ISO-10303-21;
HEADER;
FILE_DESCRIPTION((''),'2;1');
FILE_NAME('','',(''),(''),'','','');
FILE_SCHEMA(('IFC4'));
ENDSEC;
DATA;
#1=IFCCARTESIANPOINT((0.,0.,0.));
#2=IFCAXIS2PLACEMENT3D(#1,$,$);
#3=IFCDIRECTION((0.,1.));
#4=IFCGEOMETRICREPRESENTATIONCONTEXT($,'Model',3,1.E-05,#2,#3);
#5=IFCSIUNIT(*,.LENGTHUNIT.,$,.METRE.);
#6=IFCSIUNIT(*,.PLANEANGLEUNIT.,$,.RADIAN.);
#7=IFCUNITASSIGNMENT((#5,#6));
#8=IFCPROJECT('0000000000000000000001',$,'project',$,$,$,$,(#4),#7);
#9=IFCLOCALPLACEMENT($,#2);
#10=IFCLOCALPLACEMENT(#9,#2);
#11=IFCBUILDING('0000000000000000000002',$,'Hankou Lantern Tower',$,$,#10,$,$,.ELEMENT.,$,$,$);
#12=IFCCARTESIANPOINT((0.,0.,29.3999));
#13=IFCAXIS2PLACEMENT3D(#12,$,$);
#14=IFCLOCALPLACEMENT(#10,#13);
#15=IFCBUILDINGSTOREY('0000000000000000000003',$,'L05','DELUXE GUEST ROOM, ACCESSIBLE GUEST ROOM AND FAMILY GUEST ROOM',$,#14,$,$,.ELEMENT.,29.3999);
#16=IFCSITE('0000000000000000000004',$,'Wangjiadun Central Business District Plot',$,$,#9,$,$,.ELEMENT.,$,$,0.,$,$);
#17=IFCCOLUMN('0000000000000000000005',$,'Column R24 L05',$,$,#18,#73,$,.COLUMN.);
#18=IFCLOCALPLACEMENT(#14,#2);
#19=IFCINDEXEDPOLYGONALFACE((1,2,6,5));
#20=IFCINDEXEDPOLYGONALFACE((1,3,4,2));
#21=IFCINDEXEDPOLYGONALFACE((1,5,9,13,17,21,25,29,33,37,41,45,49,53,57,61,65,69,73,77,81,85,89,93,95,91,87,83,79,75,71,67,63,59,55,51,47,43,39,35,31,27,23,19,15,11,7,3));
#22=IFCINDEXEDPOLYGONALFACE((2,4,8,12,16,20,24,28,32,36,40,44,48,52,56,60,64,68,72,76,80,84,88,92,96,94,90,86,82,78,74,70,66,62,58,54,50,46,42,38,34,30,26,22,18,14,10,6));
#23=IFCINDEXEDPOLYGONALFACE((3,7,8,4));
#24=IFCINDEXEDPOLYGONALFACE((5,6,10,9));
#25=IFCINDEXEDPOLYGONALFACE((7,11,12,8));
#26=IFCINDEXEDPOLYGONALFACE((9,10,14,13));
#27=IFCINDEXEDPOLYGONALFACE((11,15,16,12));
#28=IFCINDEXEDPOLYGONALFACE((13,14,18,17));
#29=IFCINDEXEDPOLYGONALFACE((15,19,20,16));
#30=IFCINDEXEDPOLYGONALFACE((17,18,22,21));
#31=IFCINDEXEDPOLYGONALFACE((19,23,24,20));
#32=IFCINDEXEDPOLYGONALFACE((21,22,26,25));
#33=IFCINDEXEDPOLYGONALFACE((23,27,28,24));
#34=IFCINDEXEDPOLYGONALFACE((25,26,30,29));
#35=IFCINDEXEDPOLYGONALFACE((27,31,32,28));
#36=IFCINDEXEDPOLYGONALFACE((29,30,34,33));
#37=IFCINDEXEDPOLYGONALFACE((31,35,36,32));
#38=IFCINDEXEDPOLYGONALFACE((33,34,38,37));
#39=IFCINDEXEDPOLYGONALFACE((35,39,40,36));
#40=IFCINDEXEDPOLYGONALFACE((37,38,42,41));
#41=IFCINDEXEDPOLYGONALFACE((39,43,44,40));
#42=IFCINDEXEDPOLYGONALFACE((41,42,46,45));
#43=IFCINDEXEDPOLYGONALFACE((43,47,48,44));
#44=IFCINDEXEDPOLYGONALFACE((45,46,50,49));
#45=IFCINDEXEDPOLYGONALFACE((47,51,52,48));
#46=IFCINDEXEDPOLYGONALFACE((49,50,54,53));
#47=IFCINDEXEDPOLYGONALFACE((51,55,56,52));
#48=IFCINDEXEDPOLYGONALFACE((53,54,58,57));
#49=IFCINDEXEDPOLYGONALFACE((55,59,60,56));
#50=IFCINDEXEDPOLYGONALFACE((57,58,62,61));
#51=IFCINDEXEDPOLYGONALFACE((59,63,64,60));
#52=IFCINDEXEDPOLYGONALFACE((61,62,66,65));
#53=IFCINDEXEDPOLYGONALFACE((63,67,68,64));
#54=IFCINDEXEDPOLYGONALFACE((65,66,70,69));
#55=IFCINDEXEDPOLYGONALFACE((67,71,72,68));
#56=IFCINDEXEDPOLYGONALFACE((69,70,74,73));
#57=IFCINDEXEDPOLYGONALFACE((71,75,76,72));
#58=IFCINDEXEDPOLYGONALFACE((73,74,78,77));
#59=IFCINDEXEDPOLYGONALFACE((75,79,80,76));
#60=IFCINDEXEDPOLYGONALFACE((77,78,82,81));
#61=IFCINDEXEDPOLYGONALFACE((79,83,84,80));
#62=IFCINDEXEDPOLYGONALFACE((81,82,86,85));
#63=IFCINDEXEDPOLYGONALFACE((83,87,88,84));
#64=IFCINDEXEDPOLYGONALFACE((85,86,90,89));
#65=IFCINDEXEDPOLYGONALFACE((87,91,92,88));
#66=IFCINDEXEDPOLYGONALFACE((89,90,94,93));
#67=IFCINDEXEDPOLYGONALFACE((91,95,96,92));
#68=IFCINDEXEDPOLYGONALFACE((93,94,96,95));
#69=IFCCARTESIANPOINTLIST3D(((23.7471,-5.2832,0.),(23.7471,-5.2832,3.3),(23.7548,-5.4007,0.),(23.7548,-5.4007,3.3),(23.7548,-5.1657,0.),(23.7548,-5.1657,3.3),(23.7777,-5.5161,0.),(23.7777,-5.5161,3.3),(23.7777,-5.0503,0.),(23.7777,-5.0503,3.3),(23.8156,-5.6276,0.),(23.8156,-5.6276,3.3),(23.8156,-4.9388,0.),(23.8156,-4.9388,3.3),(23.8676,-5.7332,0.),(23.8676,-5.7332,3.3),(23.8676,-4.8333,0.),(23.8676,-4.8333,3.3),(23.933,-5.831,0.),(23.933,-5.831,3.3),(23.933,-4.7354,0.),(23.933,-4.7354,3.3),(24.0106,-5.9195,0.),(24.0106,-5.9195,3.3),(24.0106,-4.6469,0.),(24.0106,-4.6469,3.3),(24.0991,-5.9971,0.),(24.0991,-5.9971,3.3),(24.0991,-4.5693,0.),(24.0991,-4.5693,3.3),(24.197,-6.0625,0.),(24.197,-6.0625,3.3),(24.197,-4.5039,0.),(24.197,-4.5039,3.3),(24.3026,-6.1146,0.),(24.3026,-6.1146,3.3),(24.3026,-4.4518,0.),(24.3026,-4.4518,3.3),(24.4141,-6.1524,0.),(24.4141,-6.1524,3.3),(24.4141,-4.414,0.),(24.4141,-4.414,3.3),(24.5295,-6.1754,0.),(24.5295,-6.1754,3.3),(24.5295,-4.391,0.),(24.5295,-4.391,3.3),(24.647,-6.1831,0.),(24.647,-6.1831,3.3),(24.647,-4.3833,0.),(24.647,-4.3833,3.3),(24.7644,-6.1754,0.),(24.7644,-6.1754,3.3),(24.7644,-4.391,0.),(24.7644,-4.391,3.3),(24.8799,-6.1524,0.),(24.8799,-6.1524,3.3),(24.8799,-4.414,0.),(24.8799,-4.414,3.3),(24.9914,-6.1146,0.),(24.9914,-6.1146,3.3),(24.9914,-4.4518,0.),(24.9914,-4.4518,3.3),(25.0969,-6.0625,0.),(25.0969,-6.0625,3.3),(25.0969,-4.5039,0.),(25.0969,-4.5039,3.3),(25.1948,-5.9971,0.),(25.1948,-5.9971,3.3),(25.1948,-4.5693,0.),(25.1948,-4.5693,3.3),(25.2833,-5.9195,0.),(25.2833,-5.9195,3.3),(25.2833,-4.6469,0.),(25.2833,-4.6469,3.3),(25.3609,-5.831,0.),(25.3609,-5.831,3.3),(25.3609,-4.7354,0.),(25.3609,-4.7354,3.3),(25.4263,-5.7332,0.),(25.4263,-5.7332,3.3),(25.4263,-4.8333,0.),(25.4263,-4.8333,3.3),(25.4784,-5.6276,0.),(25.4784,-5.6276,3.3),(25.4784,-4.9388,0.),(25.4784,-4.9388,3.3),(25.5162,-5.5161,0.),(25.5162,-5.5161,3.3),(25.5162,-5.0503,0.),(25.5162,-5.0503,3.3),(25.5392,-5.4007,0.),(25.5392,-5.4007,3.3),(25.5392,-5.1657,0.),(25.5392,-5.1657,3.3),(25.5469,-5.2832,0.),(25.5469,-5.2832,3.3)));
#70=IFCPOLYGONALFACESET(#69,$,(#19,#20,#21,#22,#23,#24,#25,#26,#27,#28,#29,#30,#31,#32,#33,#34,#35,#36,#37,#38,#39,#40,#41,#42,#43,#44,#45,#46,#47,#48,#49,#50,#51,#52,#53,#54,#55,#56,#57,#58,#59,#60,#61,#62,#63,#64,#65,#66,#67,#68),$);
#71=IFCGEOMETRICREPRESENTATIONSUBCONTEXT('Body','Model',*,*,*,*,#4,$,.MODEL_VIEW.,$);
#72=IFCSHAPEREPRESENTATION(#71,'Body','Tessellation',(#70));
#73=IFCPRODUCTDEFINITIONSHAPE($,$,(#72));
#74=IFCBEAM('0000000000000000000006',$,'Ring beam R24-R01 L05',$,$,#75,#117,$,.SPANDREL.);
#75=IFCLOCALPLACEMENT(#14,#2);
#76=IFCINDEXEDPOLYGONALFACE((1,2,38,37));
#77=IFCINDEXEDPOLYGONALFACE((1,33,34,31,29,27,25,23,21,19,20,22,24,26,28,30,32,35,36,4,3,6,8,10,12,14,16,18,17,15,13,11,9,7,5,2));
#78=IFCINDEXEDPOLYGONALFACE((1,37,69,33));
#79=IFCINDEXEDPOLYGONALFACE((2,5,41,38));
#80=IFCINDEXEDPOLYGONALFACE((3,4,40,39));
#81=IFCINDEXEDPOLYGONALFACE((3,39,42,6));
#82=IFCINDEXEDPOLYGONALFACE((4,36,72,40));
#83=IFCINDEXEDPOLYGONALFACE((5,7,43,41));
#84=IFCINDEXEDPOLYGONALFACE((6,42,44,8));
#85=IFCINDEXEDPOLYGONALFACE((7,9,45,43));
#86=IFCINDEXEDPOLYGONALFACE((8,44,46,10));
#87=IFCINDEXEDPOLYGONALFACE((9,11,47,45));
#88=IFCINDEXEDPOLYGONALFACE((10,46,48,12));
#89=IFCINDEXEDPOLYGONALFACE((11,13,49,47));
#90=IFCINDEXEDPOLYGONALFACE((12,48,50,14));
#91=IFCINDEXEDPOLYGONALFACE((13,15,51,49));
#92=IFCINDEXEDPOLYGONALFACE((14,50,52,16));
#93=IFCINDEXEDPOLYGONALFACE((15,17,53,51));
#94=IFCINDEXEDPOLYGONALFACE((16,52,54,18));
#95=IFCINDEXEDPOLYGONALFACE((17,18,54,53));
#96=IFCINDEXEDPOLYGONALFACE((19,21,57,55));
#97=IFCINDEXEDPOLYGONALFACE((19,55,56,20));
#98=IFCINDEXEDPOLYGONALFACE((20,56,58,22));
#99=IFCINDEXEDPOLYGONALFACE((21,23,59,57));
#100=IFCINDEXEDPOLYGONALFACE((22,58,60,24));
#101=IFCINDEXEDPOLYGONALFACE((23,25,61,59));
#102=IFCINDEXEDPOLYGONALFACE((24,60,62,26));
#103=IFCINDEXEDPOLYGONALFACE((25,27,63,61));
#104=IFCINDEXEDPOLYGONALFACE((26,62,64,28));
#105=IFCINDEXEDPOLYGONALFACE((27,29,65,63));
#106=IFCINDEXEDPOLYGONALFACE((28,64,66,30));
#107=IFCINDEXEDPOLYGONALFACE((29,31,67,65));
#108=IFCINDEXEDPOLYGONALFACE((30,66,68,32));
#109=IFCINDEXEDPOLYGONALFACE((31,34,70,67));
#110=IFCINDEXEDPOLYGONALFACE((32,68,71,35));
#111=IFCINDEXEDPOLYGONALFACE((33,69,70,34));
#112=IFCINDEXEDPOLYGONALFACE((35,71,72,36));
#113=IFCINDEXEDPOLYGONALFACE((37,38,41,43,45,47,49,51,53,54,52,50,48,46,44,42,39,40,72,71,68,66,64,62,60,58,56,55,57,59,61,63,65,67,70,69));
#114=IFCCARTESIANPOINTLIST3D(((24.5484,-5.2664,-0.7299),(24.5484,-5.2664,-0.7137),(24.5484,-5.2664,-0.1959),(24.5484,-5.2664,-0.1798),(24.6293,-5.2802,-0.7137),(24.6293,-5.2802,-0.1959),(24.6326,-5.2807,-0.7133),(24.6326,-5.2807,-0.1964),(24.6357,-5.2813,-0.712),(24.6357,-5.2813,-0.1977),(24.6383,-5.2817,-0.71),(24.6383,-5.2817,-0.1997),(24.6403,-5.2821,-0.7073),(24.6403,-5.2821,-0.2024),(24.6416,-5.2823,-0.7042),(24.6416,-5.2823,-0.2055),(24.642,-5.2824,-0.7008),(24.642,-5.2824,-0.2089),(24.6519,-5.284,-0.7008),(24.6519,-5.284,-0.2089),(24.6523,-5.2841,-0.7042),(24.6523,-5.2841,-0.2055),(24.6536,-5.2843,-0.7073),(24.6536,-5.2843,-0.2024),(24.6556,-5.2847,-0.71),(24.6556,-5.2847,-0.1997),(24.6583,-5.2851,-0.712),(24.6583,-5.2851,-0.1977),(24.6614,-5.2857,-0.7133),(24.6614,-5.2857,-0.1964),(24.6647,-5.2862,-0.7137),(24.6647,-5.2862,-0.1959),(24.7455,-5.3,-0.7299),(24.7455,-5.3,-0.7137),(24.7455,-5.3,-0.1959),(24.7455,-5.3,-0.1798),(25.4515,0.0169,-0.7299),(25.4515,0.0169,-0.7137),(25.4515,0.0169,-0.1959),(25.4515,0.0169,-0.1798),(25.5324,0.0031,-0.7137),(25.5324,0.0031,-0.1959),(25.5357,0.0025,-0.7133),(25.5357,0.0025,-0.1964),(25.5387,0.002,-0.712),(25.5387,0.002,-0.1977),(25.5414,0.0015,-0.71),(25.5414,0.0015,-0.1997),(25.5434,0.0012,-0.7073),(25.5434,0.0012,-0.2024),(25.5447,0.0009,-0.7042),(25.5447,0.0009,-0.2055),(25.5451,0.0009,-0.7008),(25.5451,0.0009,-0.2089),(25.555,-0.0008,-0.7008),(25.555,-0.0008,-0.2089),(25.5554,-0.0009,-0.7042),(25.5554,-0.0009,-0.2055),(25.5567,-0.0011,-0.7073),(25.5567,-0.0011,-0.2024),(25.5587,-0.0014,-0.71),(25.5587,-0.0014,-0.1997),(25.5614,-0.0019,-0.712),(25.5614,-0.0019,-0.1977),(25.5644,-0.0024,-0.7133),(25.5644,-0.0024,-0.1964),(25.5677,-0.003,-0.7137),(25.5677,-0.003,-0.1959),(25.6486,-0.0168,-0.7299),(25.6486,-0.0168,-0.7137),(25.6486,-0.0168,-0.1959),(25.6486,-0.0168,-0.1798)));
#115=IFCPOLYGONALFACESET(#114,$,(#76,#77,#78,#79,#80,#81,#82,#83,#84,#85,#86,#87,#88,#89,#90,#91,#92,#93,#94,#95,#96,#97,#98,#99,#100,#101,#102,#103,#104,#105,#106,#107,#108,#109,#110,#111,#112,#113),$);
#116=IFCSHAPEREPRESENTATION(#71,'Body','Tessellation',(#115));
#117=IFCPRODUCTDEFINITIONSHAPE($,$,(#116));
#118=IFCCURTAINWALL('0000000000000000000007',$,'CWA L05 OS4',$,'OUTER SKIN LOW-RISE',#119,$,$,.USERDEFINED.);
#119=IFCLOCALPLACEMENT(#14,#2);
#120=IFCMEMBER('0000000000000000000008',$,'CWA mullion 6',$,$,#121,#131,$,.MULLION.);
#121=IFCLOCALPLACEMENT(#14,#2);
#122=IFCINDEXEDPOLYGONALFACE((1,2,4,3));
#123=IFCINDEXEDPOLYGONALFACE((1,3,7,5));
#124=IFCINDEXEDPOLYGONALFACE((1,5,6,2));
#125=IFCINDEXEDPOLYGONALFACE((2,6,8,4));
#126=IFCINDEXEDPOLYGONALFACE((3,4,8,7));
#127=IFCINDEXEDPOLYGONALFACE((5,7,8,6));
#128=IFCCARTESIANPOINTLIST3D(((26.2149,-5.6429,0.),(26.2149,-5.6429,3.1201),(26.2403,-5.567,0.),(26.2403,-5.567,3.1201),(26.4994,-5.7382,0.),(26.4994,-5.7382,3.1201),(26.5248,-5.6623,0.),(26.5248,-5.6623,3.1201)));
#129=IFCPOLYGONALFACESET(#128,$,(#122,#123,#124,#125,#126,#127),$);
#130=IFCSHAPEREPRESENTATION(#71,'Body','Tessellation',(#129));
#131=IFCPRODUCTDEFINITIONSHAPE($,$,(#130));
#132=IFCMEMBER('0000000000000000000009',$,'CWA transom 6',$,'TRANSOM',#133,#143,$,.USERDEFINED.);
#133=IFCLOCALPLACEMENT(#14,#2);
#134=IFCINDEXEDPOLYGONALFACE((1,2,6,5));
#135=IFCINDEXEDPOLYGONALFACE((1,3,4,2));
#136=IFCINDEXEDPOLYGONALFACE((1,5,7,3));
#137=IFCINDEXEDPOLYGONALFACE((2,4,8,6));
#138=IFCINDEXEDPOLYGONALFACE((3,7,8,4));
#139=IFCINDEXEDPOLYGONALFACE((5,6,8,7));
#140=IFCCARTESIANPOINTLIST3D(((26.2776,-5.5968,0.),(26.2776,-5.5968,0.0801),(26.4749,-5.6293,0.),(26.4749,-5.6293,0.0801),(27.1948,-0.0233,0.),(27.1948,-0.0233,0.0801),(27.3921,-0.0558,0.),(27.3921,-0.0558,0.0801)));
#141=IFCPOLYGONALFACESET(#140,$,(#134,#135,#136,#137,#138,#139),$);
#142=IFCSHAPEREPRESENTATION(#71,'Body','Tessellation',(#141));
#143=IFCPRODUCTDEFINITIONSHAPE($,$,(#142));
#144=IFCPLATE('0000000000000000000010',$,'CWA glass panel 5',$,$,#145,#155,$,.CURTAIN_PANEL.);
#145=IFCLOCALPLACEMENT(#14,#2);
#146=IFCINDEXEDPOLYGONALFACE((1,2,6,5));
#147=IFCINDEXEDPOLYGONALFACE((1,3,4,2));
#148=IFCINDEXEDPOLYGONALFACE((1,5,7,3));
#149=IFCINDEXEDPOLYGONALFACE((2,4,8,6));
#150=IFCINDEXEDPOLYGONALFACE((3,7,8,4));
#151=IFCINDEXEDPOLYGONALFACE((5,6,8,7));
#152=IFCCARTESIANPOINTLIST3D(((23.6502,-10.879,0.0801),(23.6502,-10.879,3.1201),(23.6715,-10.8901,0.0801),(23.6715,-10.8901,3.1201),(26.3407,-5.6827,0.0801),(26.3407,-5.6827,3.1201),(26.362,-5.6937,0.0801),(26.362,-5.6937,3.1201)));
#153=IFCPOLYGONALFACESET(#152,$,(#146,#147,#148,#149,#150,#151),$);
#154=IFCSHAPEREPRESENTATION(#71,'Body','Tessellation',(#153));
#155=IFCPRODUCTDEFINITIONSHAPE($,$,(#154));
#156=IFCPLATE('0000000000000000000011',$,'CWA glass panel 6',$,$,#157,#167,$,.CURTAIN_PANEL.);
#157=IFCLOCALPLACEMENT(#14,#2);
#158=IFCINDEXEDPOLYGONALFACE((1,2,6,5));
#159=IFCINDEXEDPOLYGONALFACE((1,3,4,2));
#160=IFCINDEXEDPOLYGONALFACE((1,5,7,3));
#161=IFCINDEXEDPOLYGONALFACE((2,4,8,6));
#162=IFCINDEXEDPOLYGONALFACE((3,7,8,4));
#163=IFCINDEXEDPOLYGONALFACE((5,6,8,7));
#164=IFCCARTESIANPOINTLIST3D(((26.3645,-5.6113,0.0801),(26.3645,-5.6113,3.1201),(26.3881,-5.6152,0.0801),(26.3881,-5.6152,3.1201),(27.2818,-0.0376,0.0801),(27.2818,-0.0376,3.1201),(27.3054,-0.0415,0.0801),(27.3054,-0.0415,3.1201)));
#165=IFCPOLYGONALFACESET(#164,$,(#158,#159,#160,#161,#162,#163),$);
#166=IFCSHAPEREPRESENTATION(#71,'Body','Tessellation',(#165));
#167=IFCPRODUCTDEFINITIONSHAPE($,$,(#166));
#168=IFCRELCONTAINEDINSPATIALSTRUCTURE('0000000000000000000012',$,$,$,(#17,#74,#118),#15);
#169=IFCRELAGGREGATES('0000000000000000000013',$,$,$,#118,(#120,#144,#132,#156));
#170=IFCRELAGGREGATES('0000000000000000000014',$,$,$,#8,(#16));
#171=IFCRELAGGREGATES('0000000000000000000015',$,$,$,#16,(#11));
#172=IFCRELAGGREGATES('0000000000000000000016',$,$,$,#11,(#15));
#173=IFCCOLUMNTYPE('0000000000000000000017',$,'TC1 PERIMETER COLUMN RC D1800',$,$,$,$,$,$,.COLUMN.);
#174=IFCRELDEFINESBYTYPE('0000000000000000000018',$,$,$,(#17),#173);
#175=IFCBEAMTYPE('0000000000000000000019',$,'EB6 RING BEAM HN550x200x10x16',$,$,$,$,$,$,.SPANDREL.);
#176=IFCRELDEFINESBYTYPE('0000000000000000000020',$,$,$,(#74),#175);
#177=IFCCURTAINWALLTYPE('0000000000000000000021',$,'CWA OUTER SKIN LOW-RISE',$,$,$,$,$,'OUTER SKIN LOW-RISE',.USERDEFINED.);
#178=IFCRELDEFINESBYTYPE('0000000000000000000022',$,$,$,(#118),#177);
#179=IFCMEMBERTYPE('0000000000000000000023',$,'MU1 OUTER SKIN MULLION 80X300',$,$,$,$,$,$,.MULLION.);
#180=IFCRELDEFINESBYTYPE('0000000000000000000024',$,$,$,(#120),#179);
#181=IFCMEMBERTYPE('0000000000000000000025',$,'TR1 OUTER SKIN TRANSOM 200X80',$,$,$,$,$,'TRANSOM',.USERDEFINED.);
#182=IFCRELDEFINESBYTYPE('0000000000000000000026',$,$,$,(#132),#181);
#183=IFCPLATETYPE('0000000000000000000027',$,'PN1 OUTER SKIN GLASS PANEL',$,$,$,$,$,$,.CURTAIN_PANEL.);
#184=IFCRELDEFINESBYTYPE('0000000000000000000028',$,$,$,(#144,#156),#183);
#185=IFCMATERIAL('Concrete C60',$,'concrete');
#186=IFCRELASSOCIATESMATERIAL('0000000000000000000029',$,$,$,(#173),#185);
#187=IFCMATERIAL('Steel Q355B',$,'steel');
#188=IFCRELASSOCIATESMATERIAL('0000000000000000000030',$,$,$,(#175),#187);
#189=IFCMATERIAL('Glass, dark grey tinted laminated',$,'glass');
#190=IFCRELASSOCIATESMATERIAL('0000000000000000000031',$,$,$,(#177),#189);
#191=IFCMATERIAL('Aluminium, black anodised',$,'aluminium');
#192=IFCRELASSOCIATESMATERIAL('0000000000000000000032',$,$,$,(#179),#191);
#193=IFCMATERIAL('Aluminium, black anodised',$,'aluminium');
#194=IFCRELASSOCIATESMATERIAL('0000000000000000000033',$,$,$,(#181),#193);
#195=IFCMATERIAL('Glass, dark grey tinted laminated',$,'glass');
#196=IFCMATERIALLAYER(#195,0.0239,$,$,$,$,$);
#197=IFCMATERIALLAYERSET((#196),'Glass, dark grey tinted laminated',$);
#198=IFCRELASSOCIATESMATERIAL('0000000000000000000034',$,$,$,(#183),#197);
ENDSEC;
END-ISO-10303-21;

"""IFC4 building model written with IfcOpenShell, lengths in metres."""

from ifc_helpers import new_model, si_unit, direction, frame, origin, origin_2d, place, context, subcontext, project, spatial, rectangle, circle, i_section, extrude, material, layer, layer_set, material_profile, profile_set, type_object, element, aggregate, save


model = new_model("IFC4")

# Units and contexts
model_context = context("Model", 3, precision=1e-05, world=origin(), true_north=direction((0.0, 1.0)))
body_context = subcontext(model_context, "Body", "Model", "MODEL_VIEW")
ifc_project = project(units=[si_unit("LENGTHUNIT", "METRE"), si_unit("PLANEANGLEUNIT", "RADIAN")], contexts=[model_context])

# Site, building, storey
site_placement = place(None, origin())
site = spatial("IfcSite", under=ifc_project, at=site_placement, Name="Wangjiadun Central Business District Plot", CompositionType="ELEMENT", RefElevation=0.0)
building_placement = place(site_placement, origin())
building = spatial("IfcBuilding", under=site, at=building_placement, Name="Hankou Lantern Tower", CompositionType="ELEMENT")
storey_placement = place(building_placement, frame((0.0, 0.0, 29.3999)))
storey = spatial("IfcBuildingStorey", under=building, at=storey_placement, Name="L05", Description="DELUXE GUEST ROOM, ACCESSIBLE GUEST ROOM AND FAMILY GUEST ROOM", CompositionType="ELEMENT", Elevation=29.3999)

# Column
ifc_material_1 = material(Name="Concrete C60", Category="concrete")
ifc_material_profile_1 = material_profile(ifc_material_1, circle(Radius=0.8999, at=origin_2d()), Name="RC D1800")
ifc_profile_set_1 = profile_set([ifc_material_profile_1], Name="Concrete C60")
column_type = type_object("IfcColumnType", Name="TC1 PERIMETER COLUMN RC D1800", PredefinedType="COLUMN", material=ifc_profile_set_1)
column_placement = place(storey_placement, frame((24.647, -5.2832, 0.0), z_axis=(0.0, 0.0, 1.0), x_axis=(1.0, 0.0, 0.0)))
element("IfcColumn", 1, at=column_placement, inside=storey, type_object=column_type, Name="Column R24 L05", PredefinedType="COLUMN", context=body_context, shape_type="SweptSolid", body=[
    extrude(circle(Radius=0.8999, at=origin_2d()), origin(), (0.0, 0.0, 1.0), 3.3),
])

# Beam
ifc_material_2 = material(Name="Steel Q355B", Category="steel")
ifc_material_profile_2 = material_profile(ifc_material_2, i_section(OverallWidth=0.2, OverallDepth=0.55, WebThickness=0.01, FlangeThickness=0.0161, FilletRadius=0.0129, at=origin_2d()), Name="HN550x200x10x16")
ifc_profile_set_2 = profile_set([ifc_material_profile_2], Name="Steel Q355B")
beam_type = type_object("IfcBeamType", Name="EB6 RING BEAM HN550x200x10x16", PredefinedType="SPANDREL", material=ifc_profile_set_2)
beam_placement = place(storey_placement, frame((24.647, -5.2832, -0.4548), z_axis=(0.16849, 0.985703, 0.0), x_axis=(-0.985703, 0.16849, 0.0)))
element("IfcBeam", 2, at=beam_placement, inside=storey, type_object=beam_type, Name="Ring beam R24-R01 L05", PredefinedType="SPANDREL", context=body_context, shape_type="SweptSolid", body=[
    extrude(i_section(OverallWidth=0.2, OverallDepth=0.55, WebThickness=0.01, FlangeThickness=0.0161, FilletRadius=0.0129, at=origin_2d()), origin(), (0.0, 0.0, 1.0), 5.3599),
])

# Curtain wall, members, plates
ifc_material_3 = material(Name="Glass, dark grey tinted laminated", Category="glass")
curtain_wall_type = type_object("IfcCurtainWallType", Name="CWA OUTER SKIN LOW-RISE", ElementType="OUTER SKIN LOW-RISE", PredefinedType="USERDEFINED", material=ifc_material_3)
curtain_wall_placement = place(storey_placement, origin())
curtain_wall = element("IfcCurtainWall", 3, at=curtain_wall_placement, inside=storey, type_object=curtain_wall_type, Name="CWA L05 OS4", ObjectType="OUTER SKIN LOW-RISE", PredefinedType="USERDEFINED")
ifc_material_4 = material(Name="Aluminium, black anodised", Category="aluminium")
ifc_material_profile_3 = material_profile(ifc_material_4, rectangle(XDim=0.0801, YDim=0.3, at=origin_2d()), Name="MU1 80X300")
ifc_profile_set_3 = profile_set([ifc_material_profile_3], Name="Aluminium, black anodised")
member_type_1 = type_object("IfcMemberType", Name="MU1 OUTER SKIN MULLION 80X300", PredefinedType="MULLION", material=ifc_profile_set_3)
member_1_placement = place(storey_placement, frame((26.3699, -5.6526, 0.0), z_axis=(0.0, 0.0, 1.0), x_axis=(0.317596, 0.948226, 0.0)))
member_1 = element("IfcMember", 4, at=member_1_placement, type_object=member_type_1, Name="CWA mullion 6", PredefinedType="MULLION", context=body_context, shape_type="SweptSolid", body=[
    extrude(rectangle(XDim=0.0801, YDim=0.3, at=origin_2d()), origin(), (0.0, 0.0, 1.0), 3.1201),
])
ifc_material_5 = material(Name="Aluminium, black anodised", Category="aluminium")
ifc_material_profile_4 = material_profile(ifc_material_5, rectangle(XDim=0.2, YDim=0.0801, at=origin_2d()), Name="TR1 200X80")
ifc_profile_set_4 = profile_set([ifc_material_profile_4], Name="Aluminium, black anodised")
member_type_2 = type_object("IfcMemberType", Name="TR1 OUTER SKIN TRANSOM 200X80", ElementType="TRANSOM", PredefinedType="USERDEFINED", material=ifc_profile_set_4)
member_2_placement = place(storey_placement, frame((26.3762, -5.613, 0.04), z_axis=(0.162387, 0.986727, 0.0), x_axis=(-0.986727, 0.162387, 0.0)))
member_2 = element("IfcMember", 5, at=member_2_placement, type_object=member_type_2, Name="CWA transom 6", ObjectType="TRANSOM", PredefinedType="USERDEFINED", context=body_context, shape_type="SweptSolid", body=[
    extrude(rectangle(XDim=0.2, YDim=0.0801, at=origin_2d()), origin(), (0.0, 0.0, 1.0), 5.6484),
])
ifc_material_6 = material(Name="Glass, dark grey tinted laminated", Category="glass")
ifc_layer_1 = layer(ifc_material_6, 0.0239)
ifc_layer_set_1 = layer_set([ifc_layer_1], Name="Glass, dark grey tinted laminated")
plate_type = type_object("IfcPlateType", Name="PN1 OUTER SKIN GLASS PANEL", PredefinedType="CURTAIN_PANEL", material=ifc_layer_set_1)
plate_1_placement = place(storey_placement, frame((25.0061, -8.2864, 0.0801), z_axis=(0.0, 0.0, 1.0), x_axis=(0.459791, 0.888027, 0.0)))
plate_1 = element("IfcPlate", 6, at=plate_1_placement, type_object=plate_type, Name="CWA glass panel 5", PredefinedType="CURTAIN_PANEL", context=body_context, shape_type="SweptSolid", body=[
    extrude(rectangle(XDim=5.8516, YDim=0.0239, at=origin_2d()), origin(), (0.0, 0.0, 1.0), 3.04),
])
plate_2_placement = place(storey_placement, frame((26.835, -2.8264, 0.0801), z_axis=(0.0, 0.0, 1.0), x_axis=(0.162382, 0.986728, 0.0)))
plate_2 = element("IfcPlate", 7, at=plate_2_placement, type_object=plate_type, Name="CWA glass panel 6", PredefinedType="CURTAIN_PANEL", context=body_context, shape_type="SweptSolid", body=[
    extrude(rectangle(XDim=5.6487, YDim=0.0239, at=origin_2d()), origin(), (0.0, 0.0, 1.0), 3.04),
])
aggregate(curtain_wall, [member_1, plate_1, member_2, plate_2])

save(model, "model.ifc")
